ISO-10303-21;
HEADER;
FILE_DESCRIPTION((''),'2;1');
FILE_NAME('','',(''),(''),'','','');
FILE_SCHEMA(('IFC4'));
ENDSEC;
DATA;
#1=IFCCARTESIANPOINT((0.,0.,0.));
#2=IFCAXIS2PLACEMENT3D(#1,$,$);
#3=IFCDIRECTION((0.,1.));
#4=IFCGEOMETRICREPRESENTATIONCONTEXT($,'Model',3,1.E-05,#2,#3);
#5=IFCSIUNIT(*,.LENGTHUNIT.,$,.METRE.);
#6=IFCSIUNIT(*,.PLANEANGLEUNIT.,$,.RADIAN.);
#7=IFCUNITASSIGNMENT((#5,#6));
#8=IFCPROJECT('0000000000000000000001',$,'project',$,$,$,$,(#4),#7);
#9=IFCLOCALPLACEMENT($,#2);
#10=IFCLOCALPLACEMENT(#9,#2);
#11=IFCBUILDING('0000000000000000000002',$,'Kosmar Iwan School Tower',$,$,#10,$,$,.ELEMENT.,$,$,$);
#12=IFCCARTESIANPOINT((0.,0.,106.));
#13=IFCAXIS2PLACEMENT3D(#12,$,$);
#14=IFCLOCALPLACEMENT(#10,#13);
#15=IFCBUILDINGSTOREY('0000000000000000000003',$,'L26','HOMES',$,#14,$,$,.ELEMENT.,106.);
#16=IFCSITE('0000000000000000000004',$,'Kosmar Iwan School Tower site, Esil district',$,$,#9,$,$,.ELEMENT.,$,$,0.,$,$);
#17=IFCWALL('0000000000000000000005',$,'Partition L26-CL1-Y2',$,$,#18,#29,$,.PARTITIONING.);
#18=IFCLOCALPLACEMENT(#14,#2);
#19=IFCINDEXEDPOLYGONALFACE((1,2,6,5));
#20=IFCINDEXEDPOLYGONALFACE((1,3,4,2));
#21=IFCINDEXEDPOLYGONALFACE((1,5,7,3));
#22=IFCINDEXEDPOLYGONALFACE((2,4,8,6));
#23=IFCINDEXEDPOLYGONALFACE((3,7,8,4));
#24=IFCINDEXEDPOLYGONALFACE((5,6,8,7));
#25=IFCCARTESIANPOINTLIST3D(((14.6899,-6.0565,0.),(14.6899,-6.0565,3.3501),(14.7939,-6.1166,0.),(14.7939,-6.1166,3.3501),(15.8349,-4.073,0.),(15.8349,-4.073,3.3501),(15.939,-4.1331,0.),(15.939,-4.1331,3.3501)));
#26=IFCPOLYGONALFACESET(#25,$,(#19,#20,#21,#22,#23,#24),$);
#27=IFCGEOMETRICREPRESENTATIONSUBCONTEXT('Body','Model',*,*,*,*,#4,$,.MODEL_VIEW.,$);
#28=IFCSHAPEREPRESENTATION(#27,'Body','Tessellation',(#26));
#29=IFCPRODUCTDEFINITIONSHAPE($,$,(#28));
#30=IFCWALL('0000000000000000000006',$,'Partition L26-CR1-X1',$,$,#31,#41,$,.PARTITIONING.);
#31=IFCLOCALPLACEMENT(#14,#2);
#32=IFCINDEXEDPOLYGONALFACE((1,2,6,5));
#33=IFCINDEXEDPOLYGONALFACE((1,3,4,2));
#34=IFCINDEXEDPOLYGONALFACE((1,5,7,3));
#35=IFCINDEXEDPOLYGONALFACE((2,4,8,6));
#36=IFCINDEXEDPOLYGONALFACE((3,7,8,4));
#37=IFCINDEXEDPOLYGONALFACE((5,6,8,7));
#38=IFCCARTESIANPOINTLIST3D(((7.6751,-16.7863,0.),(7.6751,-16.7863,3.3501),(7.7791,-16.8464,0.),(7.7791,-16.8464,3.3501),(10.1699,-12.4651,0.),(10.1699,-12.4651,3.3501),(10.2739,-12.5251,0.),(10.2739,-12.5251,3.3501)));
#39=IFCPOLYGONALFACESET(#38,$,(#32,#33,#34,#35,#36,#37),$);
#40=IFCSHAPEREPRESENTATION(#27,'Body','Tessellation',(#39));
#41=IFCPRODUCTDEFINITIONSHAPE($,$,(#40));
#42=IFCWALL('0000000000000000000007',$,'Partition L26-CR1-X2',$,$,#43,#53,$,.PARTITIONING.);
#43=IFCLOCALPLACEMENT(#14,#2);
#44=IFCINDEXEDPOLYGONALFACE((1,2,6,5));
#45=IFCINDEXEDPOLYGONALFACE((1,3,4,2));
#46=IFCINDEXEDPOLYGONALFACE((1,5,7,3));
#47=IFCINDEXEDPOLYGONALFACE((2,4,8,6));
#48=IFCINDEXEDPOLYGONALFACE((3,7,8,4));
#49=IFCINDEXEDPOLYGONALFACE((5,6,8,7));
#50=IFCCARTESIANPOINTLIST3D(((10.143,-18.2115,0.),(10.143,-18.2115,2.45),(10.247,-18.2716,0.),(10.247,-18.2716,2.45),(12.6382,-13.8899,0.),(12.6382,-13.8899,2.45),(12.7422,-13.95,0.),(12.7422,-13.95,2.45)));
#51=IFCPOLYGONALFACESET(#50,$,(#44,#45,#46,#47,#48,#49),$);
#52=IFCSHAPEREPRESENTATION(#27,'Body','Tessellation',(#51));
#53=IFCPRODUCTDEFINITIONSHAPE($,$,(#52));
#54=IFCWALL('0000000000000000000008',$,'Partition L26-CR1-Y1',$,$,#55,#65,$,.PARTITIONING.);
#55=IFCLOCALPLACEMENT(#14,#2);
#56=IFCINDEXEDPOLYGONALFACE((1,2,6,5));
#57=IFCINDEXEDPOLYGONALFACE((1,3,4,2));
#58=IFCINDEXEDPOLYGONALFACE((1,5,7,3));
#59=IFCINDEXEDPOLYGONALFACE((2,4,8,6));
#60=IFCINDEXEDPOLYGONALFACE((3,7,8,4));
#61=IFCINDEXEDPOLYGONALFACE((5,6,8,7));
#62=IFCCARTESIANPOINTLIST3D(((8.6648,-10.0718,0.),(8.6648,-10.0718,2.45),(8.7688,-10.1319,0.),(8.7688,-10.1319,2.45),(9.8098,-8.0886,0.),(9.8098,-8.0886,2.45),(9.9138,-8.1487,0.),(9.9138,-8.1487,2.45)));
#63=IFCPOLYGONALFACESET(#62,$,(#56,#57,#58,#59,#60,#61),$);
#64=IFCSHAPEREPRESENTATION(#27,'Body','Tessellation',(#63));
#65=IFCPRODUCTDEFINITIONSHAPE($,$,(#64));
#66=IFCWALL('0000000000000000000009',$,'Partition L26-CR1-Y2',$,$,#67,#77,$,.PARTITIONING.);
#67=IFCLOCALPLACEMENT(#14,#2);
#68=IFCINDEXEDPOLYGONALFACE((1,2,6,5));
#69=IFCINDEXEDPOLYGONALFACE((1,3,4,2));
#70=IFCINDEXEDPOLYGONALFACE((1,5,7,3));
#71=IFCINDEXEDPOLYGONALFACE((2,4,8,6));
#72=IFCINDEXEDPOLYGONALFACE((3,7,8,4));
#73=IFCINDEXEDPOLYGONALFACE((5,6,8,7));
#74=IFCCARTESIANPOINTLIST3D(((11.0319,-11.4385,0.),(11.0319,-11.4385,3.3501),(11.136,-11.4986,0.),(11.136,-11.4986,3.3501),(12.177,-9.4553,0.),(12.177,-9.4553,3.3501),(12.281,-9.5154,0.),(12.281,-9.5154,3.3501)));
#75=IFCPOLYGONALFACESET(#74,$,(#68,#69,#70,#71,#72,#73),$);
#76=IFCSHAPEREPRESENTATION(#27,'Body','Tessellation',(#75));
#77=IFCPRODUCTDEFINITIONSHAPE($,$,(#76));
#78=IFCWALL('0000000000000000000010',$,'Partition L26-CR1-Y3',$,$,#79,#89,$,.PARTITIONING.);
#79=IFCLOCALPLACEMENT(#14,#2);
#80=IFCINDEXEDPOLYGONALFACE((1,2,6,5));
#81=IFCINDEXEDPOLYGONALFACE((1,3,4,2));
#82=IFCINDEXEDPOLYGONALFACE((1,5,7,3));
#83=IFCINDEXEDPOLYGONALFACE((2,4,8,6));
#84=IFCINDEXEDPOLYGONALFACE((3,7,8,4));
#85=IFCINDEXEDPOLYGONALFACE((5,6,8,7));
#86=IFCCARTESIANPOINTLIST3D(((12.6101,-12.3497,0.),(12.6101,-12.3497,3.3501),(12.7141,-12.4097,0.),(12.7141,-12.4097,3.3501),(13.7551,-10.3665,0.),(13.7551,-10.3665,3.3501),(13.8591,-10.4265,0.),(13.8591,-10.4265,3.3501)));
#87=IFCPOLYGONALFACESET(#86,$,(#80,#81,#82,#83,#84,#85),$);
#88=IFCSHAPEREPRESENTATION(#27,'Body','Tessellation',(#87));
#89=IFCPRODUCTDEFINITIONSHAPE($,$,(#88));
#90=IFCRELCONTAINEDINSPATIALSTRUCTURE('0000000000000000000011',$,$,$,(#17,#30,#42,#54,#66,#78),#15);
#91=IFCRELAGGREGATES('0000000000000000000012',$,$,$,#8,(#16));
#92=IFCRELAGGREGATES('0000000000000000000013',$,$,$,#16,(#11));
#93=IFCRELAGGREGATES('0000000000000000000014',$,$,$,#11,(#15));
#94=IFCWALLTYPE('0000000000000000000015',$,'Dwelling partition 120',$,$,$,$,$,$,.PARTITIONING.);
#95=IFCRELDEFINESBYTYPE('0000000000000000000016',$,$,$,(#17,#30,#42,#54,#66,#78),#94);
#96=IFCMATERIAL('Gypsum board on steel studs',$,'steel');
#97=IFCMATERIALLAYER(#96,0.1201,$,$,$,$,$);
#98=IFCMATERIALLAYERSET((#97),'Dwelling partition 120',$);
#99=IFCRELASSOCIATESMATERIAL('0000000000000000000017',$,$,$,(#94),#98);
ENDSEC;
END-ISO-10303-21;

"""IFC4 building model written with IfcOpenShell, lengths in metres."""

from ifc_helpers import new_model, si_unit, direction, frame, frame_2d, origin, place, context, subcontext, project, spatial, rectangle, extrude, material, layer, layer_set, type_object, element, save


model = new_model("IFC4")

# Units and contexts
model_context = context("Model", 3, precision=1e-05, world=origin(), true_north=direction((0.0, 1.0)))
body_context = subcontext(model_context, "Body", "Model", "MODEL_VIEW")
ifc_project = project(units=[si_unit("LENGTHUNIT", "METRE"), si_unit("PLANEANGLEUNIT", "RADIAN")], contexts=[model_context])

# Site, building, storey
site_placement = place(None, origin())
site = spatial("IfcSite", under=ifc_project, at=site_placement, Name="Kosmar Iwan School Tower site, Esil district", CompositionType="ELEMENT", RefElevation=0.0)
building_placement = place(site_placement, origin())
building = spatial("IfcBuilding", under=site, at=building_placement, Name="Kosmar Iwan School Tower", CompositionType="ELEMENT")
storey_placement = place(building_placement, frame((0.0, 0.0, 106.0)))
storey = spatial("IfcBuildingStorey", under=building, at=storey_placement, Name="L26", Description="HOMES", CompositionType="ELEMENT", Elevation=106.0)

# Walls
ifc_material_1 = material(Name="Gypsum board on steel studs", Category="steel")
ifc_layer_1 = layer(ifc_material_1, 0.1201)
ifc_layer_set_1 = layer_set([ifc_layer_1], Name="Dwelling partition 120")
wall_type_1 = type_object("IfcWallType", Name="Dwelling partition 120", PredefinedType="PARTITIONING", material=ifc_layer_set_1)
wall_1_placement = place(storey_placement, frame((14.7419, -6.0864, 0.0), z_axis=(0.0, 0.0, 1.0), x_axis=(0.499969, 0.866044, 0.0)))
element("IfcWall", 1, at=wall_1_placement, inside=storey, type_object=wall_type_1, Name="Partition L26-CL1-Y2", PredefinedType="PARTITIONING", context=body_context, shape_type="SweptSolid", body=[
    extrude(rectangle(XDim=2.2903, YDim=0.1201, at=frame_2d((1.145, 0.0))), origin(), (0.0, 0.0, 1.0), 3.3501),
])
wall_2_placement = place(storey_placement, frame((10.2219, -12.4951, 0.0), z_axis=(0.0, 0.0, 1.0), x_axis=(-0.499996, -0.866028, 0.0)))
element("IfcWall", 2, at=wall_2_placement, inside=storey, type_object=wall_type_1, Name="Partition L26-CR1-X1", PredefinedType="PARTITIONING", context=body_context, shape_type="SweptSolid", body=[
    extrude(rectangle(XDim=4.9897, YDim=0.1201, at=frame_2d((2.4949, 0.0))), origin(), (0.0, 0.0, 1.0), 3.3501),
])
wall_3_placement = place(storey_placement, frame((12.6902, -13.9199, 0.0), z_axis=(0.0, 0.0, 1.0), x_axis=(-0.500012, -0.866019, 0.0)))
element("IfcWall", 3, at=wall_3_placement, inside=storey, type_object=wall_type_1, Name="Partition L26-CR1-X2", PredefinedType="PARTITIONING", context=body_context, shape_type="SweptSolid", body=[
    extrude(rectangle(XDim=4.9902, YDim=0.1201, at=frame_2d((2.4951, 0.0))), origin(), (0.0, 0.0, 1.0), 2.45),
])
wall_4_placement = place(storey_placement, frame((9.8618, -8.1187, 0.0), z_axis=(0.0, 0.0, 1.0), x_axis=(-0.500015, -0.866017, 0.0)))
element("IfcWall", 4, at=wall_4_placement, inside=storey, type_object=wall_type_1, Name="Partition L26-CR1-Y1", PredefinedType="PARTITIONING", context=body_context, shape_type="SweptSolid", body=[
    extrude(rectangle(XDim=2.29, YDim=0.1201, at=frame_2d((1.145, 0.0))), origin(), (0.0, 0.0, 1.0), 2.45),
])
for number, where, z_axis, x_axis, name in (
    (5, (12.229, -9.4854, 0.0), (0.0, 0.0, 1.0), (-0.500015, -0.866017, 0.0), "Partition L26-CR1-Y2"),
    (6, (13.8071, -10.3965, 0.0), (0.0, 0.0, 1.0), (-0.500015, -0.866017, 0.0), "Partition L26-CR1-Y3"),
):
    element("IfcWall", number, at=place(storey_placement, frame(where, z_axis=z_axis, x_axis=x_axis)), inside=storey, type_object=wall_type_1, Name=name, PredefinedType="PARTITIONING", context=body_context, shape_type="SweptSolid", body=[
        extrude(rectangle(XDim=2.29, YDim=0.1201, at=frame_2d((1.145, 0.0))), origin(), (0.0, 0.0, 1.0), 3.3501),
    ])

save(model, "model.ifc")
